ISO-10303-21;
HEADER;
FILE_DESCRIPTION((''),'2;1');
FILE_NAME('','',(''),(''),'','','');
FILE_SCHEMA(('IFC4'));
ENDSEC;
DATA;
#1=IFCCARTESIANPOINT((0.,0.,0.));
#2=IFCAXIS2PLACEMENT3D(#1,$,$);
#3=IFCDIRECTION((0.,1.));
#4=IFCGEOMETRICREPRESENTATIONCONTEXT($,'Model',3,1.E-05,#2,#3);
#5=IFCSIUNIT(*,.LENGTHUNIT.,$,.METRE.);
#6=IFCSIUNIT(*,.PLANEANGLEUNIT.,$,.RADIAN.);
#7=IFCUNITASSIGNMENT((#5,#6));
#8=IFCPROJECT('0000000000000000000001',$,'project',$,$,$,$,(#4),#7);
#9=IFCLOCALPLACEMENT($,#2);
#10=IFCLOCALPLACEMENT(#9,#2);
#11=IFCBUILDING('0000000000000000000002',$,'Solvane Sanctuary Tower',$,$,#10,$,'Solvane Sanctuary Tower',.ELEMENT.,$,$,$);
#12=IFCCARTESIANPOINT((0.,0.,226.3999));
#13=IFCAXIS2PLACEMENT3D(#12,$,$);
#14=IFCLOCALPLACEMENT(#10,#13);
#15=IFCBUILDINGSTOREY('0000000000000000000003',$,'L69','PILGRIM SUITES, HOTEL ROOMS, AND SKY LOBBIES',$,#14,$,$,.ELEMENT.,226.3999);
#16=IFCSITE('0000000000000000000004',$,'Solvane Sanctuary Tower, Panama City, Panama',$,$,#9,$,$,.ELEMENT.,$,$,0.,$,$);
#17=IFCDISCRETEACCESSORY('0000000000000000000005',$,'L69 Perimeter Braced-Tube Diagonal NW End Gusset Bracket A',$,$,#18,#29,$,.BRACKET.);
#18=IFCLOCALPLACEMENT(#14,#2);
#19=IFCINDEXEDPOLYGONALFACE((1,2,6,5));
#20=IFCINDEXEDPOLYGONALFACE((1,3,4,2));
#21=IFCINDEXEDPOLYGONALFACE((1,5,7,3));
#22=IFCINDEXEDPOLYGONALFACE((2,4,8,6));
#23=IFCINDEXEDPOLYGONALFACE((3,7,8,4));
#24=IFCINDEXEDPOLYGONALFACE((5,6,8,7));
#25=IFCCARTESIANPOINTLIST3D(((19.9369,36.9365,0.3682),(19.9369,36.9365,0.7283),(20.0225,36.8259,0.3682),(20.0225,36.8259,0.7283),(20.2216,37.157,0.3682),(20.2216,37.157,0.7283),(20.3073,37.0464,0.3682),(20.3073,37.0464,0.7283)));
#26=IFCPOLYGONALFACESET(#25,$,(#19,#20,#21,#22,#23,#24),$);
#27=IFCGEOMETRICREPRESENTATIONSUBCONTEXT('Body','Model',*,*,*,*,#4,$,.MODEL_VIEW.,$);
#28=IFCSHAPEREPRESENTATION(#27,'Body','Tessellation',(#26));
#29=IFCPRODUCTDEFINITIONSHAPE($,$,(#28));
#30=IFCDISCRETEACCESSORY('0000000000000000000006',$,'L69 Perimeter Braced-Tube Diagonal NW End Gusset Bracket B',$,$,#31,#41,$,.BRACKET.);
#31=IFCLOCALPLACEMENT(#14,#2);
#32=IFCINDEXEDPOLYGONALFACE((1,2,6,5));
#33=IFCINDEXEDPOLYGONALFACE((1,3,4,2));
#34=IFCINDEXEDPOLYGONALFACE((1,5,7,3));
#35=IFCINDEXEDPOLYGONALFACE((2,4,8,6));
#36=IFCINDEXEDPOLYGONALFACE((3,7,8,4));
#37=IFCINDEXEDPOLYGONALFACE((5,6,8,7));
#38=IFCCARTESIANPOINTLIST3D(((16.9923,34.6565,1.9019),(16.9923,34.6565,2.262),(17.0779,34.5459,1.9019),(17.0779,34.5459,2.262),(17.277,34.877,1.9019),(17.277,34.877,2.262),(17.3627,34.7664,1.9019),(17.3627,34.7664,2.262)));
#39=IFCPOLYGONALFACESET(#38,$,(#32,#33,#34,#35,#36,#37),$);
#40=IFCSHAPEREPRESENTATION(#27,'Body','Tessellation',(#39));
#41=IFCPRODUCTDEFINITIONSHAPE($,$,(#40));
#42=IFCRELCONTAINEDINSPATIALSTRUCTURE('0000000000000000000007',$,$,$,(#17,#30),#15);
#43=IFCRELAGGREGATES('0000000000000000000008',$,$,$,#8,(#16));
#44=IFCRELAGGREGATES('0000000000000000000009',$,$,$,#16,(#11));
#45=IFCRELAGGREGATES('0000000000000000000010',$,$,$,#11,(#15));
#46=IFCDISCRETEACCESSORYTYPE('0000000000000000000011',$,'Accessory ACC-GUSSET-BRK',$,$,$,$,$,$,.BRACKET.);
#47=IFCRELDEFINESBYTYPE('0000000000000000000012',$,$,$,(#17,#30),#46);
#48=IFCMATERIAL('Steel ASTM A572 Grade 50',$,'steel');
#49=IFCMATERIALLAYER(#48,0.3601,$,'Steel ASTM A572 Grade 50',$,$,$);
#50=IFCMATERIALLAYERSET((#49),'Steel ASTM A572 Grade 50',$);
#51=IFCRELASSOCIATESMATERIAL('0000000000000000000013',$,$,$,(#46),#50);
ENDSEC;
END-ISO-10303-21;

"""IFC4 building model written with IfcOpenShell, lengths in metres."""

from ifc_helpers import new_model, si_unit, direction, frame, origin, origin_2d, place, context, subcontext, project, spatial, rectangle, extrude, material, layer, layer_set, type_object, element, save


model = new_model("IFC4")

# Units and contexts
model_context = context("Model", 3, precision=1e-05, world=origin(), true_north=direction((0.0, 1.0)))
body_context = subcontext(model_context, "Body", "Model", "MODEL_VIEW")
ifc_project = project(units=[si_unit("LENGTHUNIT", "METRE"), si_unit("PLANEANGLEUNIT", "RADIAN")], contexts=[model_context])

# Site, building, storey
site_placement = place(None, origin())
site = spatial("IfcSite", under=ifc_project, at=site_placement, Name="Solvane Sanctuary Tower, Panama City, Panama", CompositionType="ELEMENT", RefElevation=0.0)
building_placement = place(site_placement, origin())
building = spatial("IfcBuilding", under=site, at=building_placement, Name="Solvane Sanctuary Tower", LongName="Solvane Sanctuary Tower", CompositionType="ELEMENT")
storey_placement = place(building_placement, frame((0.0, 0.0, 226.3999)))
storey = spatial("IfcBuildingStorey", under=building, at=storey_placement, Name="L69", Description="PILGRIM SUITES, HOTEL ROOMS, AND SKY LOBBIES", CompositionType="ELEMENT", Elevation=226.3999)

# Discrete accessories
ifc_material_1 = material(Name="Steel ASTM A572 Grade 50", Category="steel")
ifc_layer_1 = layer(ifc_material_1, 0.3601, Name="Steel ASTM A572 Grade 50")
ifc_layer_set_1 = layer_set([ifc_layer_1], Name="Steel ASTM A572 Grade 50")
discrete_accessory_type = type_object("IfcDiscreteAccessoryType", Name="Accessory ACC-GUSSET-BRK", PredefinedType="BRACKET", material=ifc_layer_set_1)
for number, where, z_axis, x_axis, name in (
    (1, (20.1221, 36.9915, 0.3682), (0.0, 0.0, 1.0), (-0.79069, -0.612217, 0.0), "L69 Perimeter Braced-Tube Diagonal NW End Gusset Bracket A"),
    (2, (17.1775, 34.7114, 1.9019), (0.0, 0.0, 1.0), (-0.79069, -0.612217, 0.0), "L69 Perimeter Braced-Tube Diagonal NW End Gusset Bracket B"),
):
    element("IfcDiscreteAccessory", number, at=place(storey_placement, frame(where, z_axis=z_axis, x_axis=x_axis)), inside=storey, type_object=discrete_accessory_type, Name=name, PredefinedType="BRACKET", context=body_context, shape_type="SweptSolid", body=[
        extrude(rectangle(XDim=0.3601, YDim=0.1399, at=origin_2d()), origin(), (0.0, 0.0, 1.0), 0.3601),
    ])

save(model, "model.ifc")
